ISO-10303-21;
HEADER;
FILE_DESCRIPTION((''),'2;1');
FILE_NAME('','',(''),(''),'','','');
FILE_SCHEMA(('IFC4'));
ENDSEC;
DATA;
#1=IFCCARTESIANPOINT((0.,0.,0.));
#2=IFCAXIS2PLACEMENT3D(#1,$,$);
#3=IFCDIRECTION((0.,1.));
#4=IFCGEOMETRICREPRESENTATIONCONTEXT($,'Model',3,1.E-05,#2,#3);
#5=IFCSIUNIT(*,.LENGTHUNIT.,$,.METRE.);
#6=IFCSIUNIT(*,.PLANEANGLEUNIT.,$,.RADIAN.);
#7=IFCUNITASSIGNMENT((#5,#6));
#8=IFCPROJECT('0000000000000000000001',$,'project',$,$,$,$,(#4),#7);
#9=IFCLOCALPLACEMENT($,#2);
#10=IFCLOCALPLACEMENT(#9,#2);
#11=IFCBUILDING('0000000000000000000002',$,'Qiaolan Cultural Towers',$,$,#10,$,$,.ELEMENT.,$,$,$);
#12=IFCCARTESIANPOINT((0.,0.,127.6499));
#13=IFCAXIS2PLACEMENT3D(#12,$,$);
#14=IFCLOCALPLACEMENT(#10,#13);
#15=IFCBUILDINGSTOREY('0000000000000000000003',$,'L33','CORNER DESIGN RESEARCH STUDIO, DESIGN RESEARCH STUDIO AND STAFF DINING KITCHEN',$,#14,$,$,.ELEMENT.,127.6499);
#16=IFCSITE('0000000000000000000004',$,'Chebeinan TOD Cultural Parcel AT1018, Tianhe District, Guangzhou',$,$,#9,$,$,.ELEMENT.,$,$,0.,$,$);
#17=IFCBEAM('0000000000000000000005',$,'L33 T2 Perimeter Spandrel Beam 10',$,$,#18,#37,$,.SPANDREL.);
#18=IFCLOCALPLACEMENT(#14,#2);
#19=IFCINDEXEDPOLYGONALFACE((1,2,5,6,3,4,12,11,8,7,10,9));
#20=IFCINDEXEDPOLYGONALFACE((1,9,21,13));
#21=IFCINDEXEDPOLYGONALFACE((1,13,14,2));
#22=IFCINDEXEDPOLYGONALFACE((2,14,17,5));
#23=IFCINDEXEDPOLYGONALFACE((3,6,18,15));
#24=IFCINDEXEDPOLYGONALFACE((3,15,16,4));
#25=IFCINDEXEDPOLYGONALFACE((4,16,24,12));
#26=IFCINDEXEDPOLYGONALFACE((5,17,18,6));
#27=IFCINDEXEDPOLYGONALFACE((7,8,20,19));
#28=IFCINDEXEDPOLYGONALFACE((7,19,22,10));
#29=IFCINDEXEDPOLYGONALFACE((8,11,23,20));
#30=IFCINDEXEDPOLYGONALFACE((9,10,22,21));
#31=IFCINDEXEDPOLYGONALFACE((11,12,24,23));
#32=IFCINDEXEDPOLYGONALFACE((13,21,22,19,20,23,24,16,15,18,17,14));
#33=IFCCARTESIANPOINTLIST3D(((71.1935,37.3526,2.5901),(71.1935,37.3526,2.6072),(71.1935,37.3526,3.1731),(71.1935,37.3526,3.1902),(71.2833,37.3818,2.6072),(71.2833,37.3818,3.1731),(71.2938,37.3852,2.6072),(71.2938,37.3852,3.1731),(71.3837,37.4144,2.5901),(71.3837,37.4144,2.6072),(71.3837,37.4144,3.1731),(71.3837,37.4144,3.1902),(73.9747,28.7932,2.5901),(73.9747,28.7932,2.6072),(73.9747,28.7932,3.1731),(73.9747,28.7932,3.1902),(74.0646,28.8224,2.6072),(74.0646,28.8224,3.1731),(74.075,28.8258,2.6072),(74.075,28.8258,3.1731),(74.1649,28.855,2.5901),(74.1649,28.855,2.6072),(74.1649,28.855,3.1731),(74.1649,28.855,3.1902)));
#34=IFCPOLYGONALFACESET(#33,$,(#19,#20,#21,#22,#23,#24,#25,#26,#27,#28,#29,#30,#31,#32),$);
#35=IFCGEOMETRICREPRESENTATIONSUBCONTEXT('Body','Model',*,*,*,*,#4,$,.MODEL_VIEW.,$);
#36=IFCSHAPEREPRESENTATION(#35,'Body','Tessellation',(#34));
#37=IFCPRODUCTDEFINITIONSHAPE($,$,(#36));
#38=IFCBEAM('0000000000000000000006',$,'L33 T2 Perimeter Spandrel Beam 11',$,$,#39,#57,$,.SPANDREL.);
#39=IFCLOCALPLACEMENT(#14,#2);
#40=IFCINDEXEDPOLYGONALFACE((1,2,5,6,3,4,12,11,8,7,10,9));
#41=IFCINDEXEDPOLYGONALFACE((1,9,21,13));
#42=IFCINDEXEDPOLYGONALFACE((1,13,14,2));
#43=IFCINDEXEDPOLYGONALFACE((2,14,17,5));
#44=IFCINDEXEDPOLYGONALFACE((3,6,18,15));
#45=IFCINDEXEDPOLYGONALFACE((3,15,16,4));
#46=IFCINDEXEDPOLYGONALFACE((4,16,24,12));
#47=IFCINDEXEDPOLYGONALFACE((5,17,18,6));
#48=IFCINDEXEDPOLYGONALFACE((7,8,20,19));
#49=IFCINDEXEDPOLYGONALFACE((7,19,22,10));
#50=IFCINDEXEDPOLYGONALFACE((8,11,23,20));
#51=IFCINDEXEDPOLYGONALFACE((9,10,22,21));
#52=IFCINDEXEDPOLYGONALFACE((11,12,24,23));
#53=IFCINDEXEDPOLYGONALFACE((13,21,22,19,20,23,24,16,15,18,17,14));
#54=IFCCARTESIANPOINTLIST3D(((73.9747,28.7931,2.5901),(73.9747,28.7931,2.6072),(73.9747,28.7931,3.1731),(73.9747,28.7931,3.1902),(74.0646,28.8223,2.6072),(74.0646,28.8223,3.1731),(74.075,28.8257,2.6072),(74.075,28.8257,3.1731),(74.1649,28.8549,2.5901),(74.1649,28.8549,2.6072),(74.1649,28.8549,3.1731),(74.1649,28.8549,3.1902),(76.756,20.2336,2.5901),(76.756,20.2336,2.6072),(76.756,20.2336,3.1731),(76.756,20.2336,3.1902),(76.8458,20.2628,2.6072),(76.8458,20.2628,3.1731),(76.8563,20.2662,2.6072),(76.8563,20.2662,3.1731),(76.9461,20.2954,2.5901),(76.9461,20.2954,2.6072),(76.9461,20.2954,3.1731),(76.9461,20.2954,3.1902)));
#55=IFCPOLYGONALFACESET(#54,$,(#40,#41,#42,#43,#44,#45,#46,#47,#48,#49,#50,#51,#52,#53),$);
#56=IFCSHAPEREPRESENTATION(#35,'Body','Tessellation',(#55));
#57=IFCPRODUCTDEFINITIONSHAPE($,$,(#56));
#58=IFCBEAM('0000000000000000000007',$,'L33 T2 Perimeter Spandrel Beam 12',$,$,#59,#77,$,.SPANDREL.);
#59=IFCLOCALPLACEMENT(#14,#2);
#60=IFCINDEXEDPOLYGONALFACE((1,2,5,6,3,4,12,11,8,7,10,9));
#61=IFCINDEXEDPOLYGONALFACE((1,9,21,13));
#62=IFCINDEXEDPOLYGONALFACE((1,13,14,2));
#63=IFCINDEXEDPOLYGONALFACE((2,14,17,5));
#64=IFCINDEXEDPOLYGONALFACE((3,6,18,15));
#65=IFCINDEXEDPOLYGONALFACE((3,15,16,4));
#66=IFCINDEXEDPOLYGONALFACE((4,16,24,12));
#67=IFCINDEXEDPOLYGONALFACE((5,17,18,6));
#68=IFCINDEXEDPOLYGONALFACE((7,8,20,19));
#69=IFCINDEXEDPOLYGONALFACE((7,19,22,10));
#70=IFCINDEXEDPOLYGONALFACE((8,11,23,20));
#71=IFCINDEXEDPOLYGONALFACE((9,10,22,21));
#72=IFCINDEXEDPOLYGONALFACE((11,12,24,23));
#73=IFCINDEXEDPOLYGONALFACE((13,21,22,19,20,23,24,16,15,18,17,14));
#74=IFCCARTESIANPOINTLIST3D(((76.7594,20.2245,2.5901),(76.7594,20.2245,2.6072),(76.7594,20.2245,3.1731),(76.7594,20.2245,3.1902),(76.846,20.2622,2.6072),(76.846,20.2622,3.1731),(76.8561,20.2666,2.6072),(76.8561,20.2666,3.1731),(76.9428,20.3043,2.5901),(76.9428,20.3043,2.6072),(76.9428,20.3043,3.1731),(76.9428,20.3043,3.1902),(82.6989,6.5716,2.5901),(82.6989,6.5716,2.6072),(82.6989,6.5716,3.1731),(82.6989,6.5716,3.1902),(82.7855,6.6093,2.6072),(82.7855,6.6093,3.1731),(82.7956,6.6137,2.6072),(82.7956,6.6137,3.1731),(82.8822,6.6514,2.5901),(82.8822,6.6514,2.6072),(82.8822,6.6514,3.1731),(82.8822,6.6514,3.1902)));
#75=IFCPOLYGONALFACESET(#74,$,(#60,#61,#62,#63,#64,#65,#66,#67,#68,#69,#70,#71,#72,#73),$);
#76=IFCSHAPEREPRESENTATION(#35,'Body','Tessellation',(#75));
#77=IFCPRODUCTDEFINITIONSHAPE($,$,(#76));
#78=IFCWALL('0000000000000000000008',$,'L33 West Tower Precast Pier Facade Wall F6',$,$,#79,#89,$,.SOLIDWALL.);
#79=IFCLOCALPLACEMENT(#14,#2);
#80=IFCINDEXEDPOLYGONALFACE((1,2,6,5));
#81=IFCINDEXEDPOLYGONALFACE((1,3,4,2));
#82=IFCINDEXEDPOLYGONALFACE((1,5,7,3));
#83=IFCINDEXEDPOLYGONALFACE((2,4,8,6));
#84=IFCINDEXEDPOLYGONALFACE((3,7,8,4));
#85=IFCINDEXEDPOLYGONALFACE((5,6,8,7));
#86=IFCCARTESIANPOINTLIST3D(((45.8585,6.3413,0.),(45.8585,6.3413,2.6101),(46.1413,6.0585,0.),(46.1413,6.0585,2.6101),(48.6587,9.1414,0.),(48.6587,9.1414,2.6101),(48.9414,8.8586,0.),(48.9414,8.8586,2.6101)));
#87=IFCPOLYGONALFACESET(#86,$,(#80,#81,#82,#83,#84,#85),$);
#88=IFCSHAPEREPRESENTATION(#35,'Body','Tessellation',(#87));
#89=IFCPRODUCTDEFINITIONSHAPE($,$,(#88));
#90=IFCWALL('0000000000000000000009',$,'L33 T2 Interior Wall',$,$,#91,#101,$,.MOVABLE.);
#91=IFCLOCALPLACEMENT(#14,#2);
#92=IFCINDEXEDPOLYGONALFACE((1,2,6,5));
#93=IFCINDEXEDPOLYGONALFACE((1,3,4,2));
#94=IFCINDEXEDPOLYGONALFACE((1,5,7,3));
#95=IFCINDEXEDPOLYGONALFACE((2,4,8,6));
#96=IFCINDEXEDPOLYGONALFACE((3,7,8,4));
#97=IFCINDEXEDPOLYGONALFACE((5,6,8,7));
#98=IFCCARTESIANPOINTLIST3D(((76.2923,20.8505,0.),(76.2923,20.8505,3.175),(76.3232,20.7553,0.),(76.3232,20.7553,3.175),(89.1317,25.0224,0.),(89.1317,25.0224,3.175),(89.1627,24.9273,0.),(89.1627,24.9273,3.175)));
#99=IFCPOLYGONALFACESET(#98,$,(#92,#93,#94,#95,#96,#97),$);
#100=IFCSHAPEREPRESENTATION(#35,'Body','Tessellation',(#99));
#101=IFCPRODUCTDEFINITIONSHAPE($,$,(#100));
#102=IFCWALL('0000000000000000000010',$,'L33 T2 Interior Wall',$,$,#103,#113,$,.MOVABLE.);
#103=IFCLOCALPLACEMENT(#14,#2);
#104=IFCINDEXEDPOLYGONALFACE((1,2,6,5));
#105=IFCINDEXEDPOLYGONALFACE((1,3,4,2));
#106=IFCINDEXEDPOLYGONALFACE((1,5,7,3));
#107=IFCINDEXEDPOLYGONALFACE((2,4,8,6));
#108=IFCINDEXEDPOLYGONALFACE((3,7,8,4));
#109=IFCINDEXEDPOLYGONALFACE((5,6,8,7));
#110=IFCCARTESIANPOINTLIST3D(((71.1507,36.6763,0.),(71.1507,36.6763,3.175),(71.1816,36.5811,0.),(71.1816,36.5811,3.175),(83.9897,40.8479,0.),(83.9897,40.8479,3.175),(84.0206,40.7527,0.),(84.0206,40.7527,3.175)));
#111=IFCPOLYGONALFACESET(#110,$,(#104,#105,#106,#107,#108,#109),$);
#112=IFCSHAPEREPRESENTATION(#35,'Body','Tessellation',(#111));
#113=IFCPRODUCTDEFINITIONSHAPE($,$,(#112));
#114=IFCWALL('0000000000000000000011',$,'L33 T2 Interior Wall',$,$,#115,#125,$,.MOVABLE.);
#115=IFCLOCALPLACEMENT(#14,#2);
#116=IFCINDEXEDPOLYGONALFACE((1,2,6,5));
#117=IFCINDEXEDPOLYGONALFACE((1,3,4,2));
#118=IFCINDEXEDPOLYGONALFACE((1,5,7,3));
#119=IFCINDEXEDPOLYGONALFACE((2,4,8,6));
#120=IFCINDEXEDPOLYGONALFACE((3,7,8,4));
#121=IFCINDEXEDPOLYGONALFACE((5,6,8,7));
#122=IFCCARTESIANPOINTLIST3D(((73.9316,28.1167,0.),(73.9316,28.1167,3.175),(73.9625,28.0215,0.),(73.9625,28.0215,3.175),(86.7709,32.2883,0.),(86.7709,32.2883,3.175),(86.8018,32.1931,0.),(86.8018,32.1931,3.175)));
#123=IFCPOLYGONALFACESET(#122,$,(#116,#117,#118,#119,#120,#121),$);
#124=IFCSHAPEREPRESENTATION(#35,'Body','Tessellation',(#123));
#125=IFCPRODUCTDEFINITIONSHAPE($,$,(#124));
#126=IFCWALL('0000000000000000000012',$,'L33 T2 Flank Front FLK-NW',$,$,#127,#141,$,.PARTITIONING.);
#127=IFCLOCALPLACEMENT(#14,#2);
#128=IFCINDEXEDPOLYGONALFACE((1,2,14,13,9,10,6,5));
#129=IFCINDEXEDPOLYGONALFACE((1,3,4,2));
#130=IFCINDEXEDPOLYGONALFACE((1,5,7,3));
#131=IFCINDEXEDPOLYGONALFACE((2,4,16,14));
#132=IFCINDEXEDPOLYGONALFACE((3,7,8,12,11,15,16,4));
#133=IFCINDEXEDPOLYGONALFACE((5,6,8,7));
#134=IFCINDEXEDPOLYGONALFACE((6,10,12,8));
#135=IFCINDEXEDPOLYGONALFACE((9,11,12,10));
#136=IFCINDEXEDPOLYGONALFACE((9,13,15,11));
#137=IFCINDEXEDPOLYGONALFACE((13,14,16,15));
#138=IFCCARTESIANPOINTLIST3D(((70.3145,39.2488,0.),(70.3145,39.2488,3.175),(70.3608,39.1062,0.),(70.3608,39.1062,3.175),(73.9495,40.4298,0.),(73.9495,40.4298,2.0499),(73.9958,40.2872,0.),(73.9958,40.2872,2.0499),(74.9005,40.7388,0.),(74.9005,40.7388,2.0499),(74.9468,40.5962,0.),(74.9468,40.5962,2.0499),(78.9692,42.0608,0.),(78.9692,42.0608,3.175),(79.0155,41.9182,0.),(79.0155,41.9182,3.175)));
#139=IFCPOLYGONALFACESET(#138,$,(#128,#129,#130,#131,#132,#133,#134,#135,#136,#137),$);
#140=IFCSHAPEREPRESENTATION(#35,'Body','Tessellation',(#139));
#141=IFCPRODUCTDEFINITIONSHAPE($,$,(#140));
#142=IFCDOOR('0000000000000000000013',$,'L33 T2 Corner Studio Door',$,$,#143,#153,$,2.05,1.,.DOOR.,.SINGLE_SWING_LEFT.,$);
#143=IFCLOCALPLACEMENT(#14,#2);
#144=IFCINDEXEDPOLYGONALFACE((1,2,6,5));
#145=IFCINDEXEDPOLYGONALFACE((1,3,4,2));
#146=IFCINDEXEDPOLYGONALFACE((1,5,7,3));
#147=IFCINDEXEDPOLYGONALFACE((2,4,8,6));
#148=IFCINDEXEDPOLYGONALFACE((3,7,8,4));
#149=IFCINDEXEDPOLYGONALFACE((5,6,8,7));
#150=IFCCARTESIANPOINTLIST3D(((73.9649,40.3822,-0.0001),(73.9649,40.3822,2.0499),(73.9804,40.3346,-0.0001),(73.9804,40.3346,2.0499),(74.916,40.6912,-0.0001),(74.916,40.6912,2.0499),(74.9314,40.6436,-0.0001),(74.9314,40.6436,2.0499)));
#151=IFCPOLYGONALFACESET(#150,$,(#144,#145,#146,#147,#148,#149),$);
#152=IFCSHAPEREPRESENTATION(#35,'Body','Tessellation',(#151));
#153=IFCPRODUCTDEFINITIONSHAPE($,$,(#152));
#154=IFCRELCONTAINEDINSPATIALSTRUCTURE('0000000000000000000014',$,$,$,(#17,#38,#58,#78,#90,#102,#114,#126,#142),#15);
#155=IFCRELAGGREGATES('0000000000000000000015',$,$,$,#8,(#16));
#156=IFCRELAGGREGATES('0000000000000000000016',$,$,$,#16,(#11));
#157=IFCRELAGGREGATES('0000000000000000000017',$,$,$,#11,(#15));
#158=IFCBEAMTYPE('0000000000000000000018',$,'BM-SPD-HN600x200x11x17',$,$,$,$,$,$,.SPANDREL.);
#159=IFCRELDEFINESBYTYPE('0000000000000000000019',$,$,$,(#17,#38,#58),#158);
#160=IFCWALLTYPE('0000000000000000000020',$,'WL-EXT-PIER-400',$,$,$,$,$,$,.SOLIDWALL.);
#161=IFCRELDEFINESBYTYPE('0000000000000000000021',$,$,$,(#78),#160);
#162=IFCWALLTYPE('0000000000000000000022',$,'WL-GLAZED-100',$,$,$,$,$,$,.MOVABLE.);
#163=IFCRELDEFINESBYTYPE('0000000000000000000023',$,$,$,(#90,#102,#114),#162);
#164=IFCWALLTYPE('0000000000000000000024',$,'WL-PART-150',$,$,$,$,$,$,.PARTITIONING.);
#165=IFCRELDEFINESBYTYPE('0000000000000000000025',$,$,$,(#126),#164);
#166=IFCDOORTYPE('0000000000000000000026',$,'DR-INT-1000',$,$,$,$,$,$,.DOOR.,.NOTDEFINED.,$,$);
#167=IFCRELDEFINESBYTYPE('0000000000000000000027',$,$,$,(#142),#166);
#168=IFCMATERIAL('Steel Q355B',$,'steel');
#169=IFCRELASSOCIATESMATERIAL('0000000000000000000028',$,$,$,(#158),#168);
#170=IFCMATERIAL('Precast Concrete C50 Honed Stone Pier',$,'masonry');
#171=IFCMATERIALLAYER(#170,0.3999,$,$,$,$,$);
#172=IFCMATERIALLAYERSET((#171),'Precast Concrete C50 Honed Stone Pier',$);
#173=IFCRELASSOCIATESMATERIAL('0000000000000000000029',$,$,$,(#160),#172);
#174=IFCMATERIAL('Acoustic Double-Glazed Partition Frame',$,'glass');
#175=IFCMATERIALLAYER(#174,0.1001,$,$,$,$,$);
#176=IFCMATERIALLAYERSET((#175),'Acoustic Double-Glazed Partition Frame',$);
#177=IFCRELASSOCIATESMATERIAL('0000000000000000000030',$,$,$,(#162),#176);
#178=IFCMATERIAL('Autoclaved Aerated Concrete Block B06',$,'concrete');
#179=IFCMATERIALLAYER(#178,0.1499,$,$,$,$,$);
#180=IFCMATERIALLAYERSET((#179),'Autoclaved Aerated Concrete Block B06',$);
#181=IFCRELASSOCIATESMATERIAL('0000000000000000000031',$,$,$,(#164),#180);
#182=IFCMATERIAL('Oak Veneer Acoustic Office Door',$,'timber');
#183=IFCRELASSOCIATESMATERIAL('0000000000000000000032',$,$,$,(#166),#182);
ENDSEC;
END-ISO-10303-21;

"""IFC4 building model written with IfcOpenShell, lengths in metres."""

from ifc_helpers import new_model, si_unit, direction, frame, frame_2d, origin, origin_2d, place, context, subcontext, project, spatial, rectangle, i_section, extrude, material, layer, layer_set, material_profile, profile_set, type_object, element, fill, save


model = new_model("IFC4")

# Units and contexts
model_context = context("Model", 3, precision=1e-05, world=origin(), true_north=direction((0.0, 1.0)))
body_context = subcontext(model_context, "Body", "Model", "MODEL_VIEW")
ifc_project = project(units=[si_unit("LENGTHUNIT", "METRE"), si_unit("PLANEANGLEUNIT", "RADIAN")], contexts=[model_context])

# Site, building, storey
site_placement = place(None, origin())
site = spatial("IfcSite", under=ifc_project, at=site_placement, Name="Chebeinan TOD Cultural Parcel AT1018, Tianhe District, Guangzhou", CompositionType="ELEMENT", RefElevation=0.0)
building_placement = place(site_placement, origin())
building = spatial("IfcBuilding", under=site, at=building_placement, Name="Qiaolan Cultural Towers", CompositionType="ELEMENT")
storey_placement = place(building_placement, frame((0.0, 0.0, 127.6499)))
storey = spatial("IfcBuildingStorey", under=building, at=storey_placement, Name="L33", Description="CORNER DESIGN RESEARCH STUDIO, DESIGN RESEARCH STUDIO AND STAFF DINING KITCHEN", CompositionType="ELEMENT", Elevation=127.6499)

# Beams
ifc_material_1 = material(Name="Steel Q355B", Category="steel")
ifc_material_profile_1 = material_profile(ifc_material_1, i_section(OverallWidth=0.2, OverallDepth=0.6001, WebThickness=0.011, FlangeThickness=0.0171, at=origin_2d()), Name="HN600x200x11x17")
ifc_profile_set_1 = profile_set([ifc_material_profile_1], Name="Steel Q355B")
beam_type_1 = type_object("IfcBeamType", Name="BM-SPD-HN600x200x11x17", PredefinedType="SPANDREL", material=ifc_profile_set_1)
for number, where, z_axis, x_axis, name in (
    (1, (71.2886, 37.3835, 2.8901), (0.309025, -0.951054, 0.0), (0.951054, 0.309025, 0.0), "L33 T2 Perimeter Spandrel Beam 10"),
    (2, (74.0698, 28.824, 2.8901), (0.309025, -0.951054, 0.0), (0.951054, 0.309025, 0.0), "L33 T2 Perimeter Spandrel Beam 11"),
):
    element("IfcBeam", number, at=place(storey_placement, frame(where, z_axis=z_axis, x_axis=x_axis)), inside=storey, type_object=beam_type_1, Name=name, PredefinedType="SPANDREL", context=body_context, shape_type="SweptSolid", body=[
        extrude(i_section(OverallWidth=0.2, OverallDepth=0.6001, WebThickness=0.011, FlangeThickness=0.0171, at=origin_2d()), origin(), (0.0, 0.0, 1.0), 9.0),
    ])
beam_placement = place(storey_placement, frame((76.8511, 20.2644, 2.8901), z_axis=(0.39892, -0.916986, 0.0), x_axis=(0.916986, 0.39892, 0.0)))
element("IfcBeam", 3, at=beam_placement, inside=storey, type_object=beam_type_1, Name="L33 T2 Perimeter Spandrel Beam 12", PredefinedType="SPANDREL", context=body_context, shape_type="SweptSolid", body=[
    extrude(i_section(OverallWidth=0.2, OverallDepth=0.6001, WebThickness=0.011, FlangeThickness=0.0171, at=origin_2d()), origin(), (0.0, 0.0, 1.0), 14.8889),
])

# Walls
ifc_material_2 = material(Name="Precast Concrete C50 Honed Stone Pier", Category="masonry")
ifc_layer_1 = layer(ifc_material_2, 0.3999)
ifc_layer_set_1 = layer_set([ifc_layer_1], Name="Precast Concrete C50 Honed Stone Pier")
wall_type_1 = type_object("IfcWallType", Name="WL-EXT-PIER-400", PredefinedType="SOLIDWALL", material=ifc_layer_set_1)
wall_1_placement = place(storey_placement, frame((48.8, 9.0, 0.0), z_axis=(0.0, 0.0, 1.0), x_axis=(-0.707107, -0.707107, 0.0)))
element("IfcWall", 4, at=wall_1_placement, inside=storey, type_object=wall_type_1, Name="L33 West Tower Precast Pier Facade Wall F6", PredefinedType="SOLIDWALL", context=body_context, shape_type="SweptSolid", body=[
    extrude(rectangle(XDim=3.96, YDim=0.3999, at=frame_2d((1.98, 0.0))), origin(), (0.0, 0.0, 1.0), 2.6101),
])
ifc_material_3 = material(Name="Acoustic Double-Glazed Partition Frame", Category="glass")
ifc_layer_2 = layer(ifc_material_3, 0.1001)
ifc_layer_set_2 = layer_set([ifc_layer_2], Name="Acoustic Double-Glazed Partition Frame")
wall_type_2 = type_object("IfcWallType", Name="WL-GLAZED-100", PredefinedType="MOVABLE", material=ifc_layer_set_2)
wall_2_placement = place(storey_placement, frame((76.3079, 20.803, 0.0), z_axis=(0.0, 0.0, 1.0), x_axis=(0.951054, 0.309025, 0.0)))
element("IfcWall", 5, at=wall_2_placement, inside=storey, type_object=wall_type_2, Name="L33 T2 Interior Wall", PredefinedType="MOVABLE", context=body_context, shape_type="SweptSolid", body=[
    extrude(rectangle(XDim=13.5002, YDim=0.1001, at=frame_2d((6.75, 0.0))), origin(), (0.0, 0.0, 1.0), 3.175),
])
wall_3_placement = place(storey_placement, frame((71.166, 36.6287, 0.0), z_axis=(0.0, 0.0, 1.0), x_axis=(0.951058, 0.309014, 0.0)))
element("IfcWall", 6, at=wall_3_placement, inside=storey, type_object=wall_type_2, Name="L33 T2 Interior Wall", PredefinedType="MOVABLE", context=body_context, shape_type="SweptSolid", body=[
    extrude(rectangle(XDim=13.4998, YDim=0.1001, at=frame_2d((6.75, 0.0))), origin(), (0.0, 0.0, 1.0), 3.175),
])
wall_4_placement = place(storey_placement, frame((73.947, 28.0691, 0.0), z_axis=(0.0, 0.0, 1.0), x_axis=(0.951059, 0.309008, 0.0)))
element("IfcWall", 7, at=wall_4_placement, inside=storey, type_object=wall_type_2, Name="L33 T2 Interior Wall", PredefinedType="MOVABLE", context=body_context, shape_type="SweptSolid", body=[
    extrude(rectangle(XDim=13.5, YDim=0.1001, at=frame_2d((6.75, 0.0))), origin(), (0.0, 0.0, 1.0), 3.175),
])

# Wall, opening, door
ifc_material_4 = material(Name="Autoclaved Aerated Concrete Block B06", Category="concrete")
ifc_layer_3 = layer(ifc_material_4, 0.1499)
ifc_layer_set_3 = layer_set([ifc_layer_3], Name="Autoclaved Aerated Concrete Block B06")
wall_type_3 = type_object("IfcWallType", Name="WL-PART-150", PredefinedType="PARTITIONING", material=ifc_layer_set_3)
wall_5_placement = place(storey_placement, frame((70.3376, 39.1775, 0.0), z_axis=(0.0, 0.0, 1.0), x_axis=(0.95106, 0.309007, 0.0)))
wall_5 = element("IfcWall", 8, at=wall_5_placement, inside=storey, type_object=wall_type_3, Name="L33 T2 Flank Front FLK-NW", PredefinedType="PARTITIONING", context=body_context, shape_type="SweptSolid", body=[
    extrude(rectangle(XDim=9.1001, YDim=0.1499, at=frame_2d((4.55, 0.0))), origin(), (0.0, 0.0, 1.0), 3.175),
])
opening_placement = place(wall_5_placement, frame((3.822, 0.0, 0.0)))
opening = element("IfcOpeningElement", 9, at=opening_placement, cuts=wall_5, PredefinedType="OPENING", context=body_context, shape_type="SweptSolid", body=[
    extrude(rectangle(XDim=1.0, YDim=2.05, at=frame_2d((0.5, 1.0249))), frame((0.0, 0.085, 0.0), z_axis=(0.0, -1.0, 0.0), x_axis=(1.0, 0.0, 0.0)), (0.0, 0.0, 1.0), 0.1699),
])
ifc_material_5 = material(Name="Oak Veneer Acoustic Office Door", Category="timber")
door_type = type_object("IfcDoorType", Name="DR-INT-1000", OperationType="NOTDEFINED", PredefinedType="DOOR", material=ifc_material_5)
door_placement = place(opening_placement, origin())
door = element("IfcDoor", 10, at=door_placement, inside=storey, type_object=door_type, Name="L33 T2 Corner Studio Door", OperationType="SINGLE_SWING_LEFT", OverallHeight=2.05, OverallWidth=1.0, PredefinedType="DOOR", context=body_context, shape_type="SweptSolid", body=[
    extrude(rectangle(XDim=1.0, YDim=2.05, at=frame_2d((0.5, 1.0249))), frame((0.0, 0.0249, 0.0), z_axis=(0.0, -1.0, 0.0), x_axis=(1.0, 0.0, 0.0)), (0.0, 0.0, 1.0), 0.05),
])
fill(opening, door)

save(model, "model.ifc")
